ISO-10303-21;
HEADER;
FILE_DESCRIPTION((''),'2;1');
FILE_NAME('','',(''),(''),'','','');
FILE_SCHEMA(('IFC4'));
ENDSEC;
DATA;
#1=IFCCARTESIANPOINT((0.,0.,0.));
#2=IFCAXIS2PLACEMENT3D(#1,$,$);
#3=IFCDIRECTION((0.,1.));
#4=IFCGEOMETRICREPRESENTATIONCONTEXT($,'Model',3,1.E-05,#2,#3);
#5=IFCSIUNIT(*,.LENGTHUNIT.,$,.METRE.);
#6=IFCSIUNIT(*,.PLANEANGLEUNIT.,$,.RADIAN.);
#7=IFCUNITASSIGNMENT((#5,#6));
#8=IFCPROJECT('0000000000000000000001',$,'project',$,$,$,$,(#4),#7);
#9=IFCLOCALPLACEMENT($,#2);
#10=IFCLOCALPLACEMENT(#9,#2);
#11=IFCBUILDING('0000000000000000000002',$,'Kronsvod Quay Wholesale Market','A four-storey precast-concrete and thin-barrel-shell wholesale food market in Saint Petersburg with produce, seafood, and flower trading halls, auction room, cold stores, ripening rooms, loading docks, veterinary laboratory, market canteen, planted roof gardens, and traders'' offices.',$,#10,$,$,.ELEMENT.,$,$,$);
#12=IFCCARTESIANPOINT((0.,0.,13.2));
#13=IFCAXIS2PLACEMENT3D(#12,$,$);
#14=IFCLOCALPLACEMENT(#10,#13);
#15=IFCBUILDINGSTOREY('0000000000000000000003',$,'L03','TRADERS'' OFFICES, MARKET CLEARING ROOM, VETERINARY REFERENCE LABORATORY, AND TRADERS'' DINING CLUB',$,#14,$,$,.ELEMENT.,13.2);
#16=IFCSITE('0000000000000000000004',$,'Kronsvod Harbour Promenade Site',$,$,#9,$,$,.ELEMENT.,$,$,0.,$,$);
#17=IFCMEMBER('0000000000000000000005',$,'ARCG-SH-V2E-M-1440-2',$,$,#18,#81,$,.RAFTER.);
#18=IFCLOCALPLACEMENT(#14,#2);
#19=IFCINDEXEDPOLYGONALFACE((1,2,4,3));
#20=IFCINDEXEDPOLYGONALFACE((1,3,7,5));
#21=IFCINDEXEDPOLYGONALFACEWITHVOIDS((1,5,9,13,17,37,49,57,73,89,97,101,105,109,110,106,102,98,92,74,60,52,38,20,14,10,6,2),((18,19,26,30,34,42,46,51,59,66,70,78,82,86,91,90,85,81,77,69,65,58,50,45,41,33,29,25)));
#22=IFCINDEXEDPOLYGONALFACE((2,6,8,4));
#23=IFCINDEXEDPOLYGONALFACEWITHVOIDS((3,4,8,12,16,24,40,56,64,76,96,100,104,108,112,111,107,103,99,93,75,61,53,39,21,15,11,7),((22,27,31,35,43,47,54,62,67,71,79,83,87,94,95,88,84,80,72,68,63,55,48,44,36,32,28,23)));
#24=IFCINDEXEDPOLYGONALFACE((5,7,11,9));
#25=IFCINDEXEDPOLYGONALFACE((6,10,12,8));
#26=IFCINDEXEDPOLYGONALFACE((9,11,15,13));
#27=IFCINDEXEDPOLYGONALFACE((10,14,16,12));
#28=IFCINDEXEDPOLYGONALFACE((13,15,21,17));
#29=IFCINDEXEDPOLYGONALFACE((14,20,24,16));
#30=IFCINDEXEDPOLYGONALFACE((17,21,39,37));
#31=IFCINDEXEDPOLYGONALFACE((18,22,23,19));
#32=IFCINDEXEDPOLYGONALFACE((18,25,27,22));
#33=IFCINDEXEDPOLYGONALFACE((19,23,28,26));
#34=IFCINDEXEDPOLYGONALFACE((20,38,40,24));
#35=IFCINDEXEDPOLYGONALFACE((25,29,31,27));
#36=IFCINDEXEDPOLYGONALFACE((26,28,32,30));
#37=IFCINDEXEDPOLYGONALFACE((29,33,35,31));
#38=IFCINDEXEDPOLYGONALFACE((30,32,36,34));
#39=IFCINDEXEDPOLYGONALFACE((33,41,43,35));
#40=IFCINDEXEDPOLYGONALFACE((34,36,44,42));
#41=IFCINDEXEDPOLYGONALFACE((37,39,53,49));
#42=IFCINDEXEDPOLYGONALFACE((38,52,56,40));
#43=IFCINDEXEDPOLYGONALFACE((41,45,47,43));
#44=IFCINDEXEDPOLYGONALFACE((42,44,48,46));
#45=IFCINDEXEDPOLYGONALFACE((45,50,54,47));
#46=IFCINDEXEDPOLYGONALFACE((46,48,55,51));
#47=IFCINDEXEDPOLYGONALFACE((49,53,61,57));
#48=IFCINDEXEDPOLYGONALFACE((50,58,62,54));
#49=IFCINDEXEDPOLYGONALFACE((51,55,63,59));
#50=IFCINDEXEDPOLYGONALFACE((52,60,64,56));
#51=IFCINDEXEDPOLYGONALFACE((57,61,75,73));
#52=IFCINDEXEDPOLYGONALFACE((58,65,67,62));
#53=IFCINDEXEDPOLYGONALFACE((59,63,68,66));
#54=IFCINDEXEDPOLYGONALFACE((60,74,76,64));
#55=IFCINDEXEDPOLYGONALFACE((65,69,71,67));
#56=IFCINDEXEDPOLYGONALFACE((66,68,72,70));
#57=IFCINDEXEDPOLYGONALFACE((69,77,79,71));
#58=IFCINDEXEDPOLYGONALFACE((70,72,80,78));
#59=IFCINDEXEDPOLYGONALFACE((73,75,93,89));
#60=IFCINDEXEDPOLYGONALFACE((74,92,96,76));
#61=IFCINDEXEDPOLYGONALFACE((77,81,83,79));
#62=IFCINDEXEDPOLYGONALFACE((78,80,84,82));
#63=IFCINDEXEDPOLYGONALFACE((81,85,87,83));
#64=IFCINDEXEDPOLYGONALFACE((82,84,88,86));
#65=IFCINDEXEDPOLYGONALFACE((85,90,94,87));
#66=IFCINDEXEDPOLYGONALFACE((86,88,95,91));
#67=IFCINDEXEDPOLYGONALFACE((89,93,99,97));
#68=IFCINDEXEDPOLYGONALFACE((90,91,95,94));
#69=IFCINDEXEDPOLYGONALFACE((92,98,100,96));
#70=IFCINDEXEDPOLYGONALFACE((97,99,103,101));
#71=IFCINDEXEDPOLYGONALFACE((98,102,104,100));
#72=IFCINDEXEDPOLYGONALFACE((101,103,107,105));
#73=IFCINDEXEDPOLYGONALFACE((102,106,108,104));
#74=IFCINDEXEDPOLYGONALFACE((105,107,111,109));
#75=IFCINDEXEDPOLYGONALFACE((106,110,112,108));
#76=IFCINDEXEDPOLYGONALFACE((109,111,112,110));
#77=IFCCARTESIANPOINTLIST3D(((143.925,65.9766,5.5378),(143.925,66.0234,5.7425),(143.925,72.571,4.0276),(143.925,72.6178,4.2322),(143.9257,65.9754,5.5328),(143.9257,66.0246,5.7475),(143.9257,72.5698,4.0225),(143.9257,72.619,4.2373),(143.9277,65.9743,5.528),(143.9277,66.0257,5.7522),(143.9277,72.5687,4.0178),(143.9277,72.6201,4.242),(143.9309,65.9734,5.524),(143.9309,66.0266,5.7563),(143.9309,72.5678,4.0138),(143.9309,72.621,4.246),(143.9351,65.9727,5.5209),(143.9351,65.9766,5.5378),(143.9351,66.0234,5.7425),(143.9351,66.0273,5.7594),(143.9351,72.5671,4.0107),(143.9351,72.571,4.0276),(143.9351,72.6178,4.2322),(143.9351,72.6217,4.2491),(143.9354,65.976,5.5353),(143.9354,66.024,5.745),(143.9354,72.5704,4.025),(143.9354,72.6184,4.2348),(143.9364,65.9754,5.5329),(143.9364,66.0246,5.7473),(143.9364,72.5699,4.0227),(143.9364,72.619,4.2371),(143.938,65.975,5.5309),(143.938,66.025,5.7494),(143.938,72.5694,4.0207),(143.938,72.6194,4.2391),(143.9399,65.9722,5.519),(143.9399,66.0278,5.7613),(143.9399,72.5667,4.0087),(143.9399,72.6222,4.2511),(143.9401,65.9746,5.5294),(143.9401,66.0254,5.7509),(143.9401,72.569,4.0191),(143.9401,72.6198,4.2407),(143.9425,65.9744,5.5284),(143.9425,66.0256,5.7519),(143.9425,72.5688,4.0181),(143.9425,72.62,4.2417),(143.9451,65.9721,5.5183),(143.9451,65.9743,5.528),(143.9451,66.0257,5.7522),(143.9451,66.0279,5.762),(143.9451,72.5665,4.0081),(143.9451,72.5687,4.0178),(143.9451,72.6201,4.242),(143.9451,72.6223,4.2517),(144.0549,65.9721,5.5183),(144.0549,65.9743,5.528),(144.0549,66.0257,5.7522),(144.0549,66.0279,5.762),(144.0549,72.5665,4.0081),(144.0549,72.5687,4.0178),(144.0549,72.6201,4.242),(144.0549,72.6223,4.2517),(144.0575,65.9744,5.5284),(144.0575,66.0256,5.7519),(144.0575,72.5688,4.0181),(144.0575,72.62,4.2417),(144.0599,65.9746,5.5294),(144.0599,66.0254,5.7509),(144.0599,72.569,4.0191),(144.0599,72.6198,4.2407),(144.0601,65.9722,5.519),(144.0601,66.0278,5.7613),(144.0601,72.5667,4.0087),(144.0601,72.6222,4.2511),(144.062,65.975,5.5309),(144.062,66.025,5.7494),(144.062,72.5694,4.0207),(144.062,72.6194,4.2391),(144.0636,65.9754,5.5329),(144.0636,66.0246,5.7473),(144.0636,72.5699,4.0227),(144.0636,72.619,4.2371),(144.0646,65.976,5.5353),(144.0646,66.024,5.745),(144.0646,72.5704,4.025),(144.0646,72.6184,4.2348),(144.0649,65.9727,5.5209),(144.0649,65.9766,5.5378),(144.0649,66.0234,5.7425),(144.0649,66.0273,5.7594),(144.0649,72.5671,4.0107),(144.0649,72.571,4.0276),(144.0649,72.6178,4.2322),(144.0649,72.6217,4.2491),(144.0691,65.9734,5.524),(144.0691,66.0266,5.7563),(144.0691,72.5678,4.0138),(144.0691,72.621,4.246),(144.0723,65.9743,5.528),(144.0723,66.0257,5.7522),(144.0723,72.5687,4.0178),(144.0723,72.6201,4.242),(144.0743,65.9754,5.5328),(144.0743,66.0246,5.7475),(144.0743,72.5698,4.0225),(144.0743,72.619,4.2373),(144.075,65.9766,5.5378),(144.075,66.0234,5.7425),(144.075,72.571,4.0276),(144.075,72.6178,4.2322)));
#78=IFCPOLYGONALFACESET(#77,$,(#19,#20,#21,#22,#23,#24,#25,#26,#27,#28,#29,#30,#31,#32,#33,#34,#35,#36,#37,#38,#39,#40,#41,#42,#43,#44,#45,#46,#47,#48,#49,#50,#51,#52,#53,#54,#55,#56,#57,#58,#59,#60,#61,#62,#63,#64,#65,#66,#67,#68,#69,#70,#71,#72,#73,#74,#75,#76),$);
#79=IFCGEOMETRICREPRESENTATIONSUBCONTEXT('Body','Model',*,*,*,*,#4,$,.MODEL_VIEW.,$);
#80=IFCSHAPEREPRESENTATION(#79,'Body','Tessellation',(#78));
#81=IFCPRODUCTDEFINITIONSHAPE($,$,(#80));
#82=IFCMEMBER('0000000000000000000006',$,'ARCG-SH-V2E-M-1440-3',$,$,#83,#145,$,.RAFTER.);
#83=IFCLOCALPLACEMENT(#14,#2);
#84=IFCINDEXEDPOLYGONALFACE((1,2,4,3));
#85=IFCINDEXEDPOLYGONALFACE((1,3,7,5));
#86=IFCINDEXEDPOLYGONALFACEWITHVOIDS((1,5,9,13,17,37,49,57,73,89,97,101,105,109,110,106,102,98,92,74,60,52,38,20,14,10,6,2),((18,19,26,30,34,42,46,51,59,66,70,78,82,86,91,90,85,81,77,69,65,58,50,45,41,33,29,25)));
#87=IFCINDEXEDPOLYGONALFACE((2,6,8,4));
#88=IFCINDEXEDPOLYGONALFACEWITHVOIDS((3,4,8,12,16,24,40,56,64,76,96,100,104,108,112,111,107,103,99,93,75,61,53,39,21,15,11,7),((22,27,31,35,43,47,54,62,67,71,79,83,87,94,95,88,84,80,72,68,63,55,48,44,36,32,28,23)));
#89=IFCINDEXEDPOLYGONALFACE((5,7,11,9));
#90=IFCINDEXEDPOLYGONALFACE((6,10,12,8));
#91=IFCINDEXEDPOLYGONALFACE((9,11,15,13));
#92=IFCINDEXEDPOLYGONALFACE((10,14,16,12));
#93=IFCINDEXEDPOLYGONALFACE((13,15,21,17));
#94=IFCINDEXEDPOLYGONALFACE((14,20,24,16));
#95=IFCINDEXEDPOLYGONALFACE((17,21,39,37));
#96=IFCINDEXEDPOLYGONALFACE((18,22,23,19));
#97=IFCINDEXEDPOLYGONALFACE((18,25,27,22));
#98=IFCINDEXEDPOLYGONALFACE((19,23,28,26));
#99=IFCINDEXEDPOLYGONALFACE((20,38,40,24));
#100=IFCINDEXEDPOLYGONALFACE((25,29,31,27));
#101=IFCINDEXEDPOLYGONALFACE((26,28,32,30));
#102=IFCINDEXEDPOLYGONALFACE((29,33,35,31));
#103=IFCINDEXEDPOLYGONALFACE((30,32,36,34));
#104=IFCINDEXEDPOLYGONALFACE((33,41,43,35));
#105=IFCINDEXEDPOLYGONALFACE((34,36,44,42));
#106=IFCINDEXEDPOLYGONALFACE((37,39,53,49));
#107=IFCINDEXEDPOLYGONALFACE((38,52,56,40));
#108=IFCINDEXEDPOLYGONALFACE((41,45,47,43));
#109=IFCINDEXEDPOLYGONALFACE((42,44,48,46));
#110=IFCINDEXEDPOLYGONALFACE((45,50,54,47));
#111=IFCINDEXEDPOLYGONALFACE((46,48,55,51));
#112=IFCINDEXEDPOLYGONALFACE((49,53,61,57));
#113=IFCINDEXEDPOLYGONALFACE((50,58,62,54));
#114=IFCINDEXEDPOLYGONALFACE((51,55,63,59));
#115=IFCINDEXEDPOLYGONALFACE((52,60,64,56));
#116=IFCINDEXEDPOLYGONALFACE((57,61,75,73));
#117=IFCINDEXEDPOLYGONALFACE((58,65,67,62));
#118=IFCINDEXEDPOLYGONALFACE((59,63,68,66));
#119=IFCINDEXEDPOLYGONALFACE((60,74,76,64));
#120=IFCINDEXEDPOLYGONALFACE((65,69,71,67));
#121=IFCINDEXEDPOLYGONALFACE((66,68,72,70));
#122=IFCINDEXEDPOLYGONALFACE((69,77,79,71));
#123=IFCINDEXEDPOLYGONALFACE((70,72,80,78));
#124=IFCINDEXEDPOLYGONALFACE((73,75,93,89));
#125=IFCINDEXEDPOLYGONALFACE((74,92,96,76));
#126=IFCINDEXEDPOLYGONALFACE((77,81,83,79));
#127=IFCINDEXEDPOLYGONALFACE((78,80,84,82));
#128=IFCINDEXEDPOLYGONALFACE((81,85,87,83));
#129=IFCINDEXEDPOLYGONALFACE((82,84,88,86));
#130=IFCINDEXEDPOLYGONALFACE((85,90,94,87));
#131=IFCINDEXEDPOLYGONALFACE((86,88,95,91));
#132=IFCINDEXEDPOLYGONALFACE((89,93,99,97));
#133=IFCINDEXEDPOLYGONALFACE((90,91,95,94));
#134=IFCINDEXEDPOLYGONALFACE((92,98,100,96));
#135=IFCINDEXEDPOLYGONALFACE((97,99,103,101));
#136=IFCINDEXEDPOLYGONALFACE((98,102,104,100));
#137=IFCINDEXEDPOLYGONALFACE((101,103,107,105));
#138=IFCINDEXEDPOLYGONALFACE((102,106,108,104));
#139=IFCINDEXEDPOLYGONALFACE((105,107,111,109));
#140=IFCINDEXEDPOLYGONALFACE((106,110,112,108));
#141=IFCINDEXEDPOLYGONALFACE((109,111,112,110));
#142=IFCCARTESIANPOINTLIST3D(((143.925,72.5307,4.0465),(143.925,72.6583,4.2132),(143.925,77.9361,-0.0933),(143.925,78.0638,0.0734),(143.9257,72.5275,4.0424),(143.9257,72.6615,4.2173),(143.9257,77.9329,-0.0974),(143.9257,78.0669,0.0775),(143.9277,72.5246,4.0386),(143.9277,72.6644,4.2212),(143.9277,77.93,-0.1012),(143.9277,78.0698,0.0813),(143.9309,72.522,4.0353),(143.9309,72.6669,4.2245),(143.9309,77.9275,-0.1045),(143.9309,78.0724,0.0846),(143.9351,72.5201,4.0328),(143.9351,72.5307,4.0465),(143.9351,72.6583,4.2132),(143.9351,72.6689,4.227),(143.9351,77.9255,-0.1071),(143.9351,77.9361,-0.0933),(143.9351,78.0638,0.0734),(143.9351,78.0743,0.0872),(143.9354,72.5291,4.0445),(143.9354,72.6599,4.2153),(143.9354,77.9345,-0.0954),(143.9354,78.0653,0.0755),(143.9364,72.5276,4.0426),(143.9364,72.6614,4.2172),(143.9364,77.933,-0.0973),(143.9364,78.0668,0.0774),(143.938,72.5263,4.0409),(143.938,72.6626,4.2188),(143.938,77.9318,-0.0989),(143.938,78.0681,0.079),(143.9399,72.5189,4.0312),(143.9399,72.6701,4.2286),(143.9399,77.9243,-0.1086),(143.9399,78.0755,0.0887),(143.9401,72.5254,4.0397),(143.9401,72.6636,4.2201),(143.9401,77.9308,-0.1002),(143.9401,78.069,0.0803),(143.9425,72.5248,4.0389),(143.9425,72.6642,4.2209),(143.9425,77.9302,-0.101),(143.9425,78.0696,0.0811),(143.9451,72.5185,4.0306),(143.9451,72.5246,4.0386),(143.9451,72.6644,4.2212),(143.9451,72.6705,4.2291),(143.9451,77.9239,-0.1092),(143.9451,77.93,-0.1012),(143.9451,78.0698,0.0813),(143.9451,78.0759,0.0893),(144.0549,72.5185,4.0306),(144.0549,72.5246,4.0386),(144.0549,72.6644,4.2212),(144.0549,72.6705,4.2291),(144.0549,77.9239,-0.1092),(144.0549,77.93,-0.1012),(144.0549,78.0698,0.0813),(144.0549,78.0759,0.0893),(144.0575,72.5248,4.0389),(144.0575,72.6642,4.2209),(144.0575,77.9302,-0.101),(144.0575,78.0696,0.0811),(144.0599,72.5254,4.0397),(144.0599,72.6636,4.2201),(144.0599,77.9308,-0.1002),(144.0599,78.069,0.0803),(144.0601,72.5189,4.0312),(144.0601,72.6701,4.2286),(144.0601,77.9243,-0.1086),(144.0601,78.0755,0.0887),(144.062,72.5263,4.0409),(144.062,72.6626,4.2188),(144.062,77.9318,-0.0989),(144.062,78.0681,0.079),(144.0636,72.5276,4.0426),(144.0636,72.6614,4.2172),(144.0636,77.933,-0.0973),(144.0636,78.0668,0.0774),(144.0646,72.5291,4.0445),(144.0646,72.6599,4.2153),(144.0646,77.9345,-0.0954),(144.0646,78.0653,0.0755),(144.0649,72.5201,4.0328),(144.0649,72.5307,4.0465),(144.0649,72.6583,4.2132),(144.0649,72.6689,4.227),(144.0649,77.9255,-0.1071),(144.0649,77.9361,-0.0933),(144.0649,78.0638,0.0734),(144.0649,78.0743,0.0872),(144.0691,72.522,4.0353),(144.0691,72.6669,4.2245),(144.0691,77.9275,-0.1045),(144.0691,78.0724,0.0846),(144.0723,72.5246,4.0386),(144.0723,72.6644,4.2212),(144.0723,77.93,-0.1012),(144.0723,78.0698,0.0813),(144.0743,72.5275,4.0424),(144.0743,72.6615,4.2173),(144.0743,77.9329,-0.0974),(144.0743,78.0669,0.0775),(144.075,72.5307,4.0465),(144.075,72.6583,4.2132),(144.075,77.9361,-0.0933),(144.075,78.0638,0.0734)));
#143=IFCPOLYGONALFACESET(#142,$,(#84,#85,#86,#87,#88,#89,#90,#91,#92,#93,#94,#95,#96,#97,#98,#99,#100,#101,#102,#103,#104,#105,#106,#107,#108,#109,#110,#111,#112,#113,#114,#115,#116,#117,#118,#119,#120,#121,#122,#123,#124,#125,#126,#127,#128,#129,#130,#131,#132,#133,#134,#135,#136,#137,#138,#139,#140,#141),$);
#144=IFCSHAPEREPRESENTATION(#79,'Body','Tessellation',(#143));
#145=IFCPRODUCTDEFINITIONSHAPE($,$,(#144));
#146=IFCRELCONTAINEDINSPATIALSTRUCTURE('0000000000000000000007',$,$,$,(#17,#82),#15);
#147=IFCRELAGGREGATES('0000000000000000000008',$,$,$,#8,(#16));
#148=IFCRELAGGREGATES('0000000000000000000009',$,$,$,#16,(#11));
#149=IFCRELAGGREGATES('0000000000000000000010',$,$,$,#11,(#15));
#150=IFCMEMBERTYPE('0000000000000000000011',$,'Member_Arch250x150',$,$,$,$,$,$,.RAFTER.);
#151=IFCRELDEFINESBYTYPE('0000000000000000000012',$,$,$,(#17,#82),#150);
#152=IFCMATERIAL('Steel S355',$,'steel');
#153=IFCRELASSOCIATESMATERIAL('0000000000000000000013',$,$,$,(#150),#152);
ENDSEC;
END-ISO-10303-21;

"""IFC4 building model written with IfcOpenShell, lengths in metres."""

from ifc_helpers import new_model, si_unit, direction, frame, origin, origin_2d, place, context, subcontext, project, spatial, hollow_rectangle, extrude, material, material_profile, profile_set, type_object, element, save


model = new_model("IFC4")

# Units and contexts
model_context = context("Model", 3, precision=1e-05, world=origin(), true_north=direction((0.0, 1.0)))
body_context = subcontext(model_context, "Body", "Model", "MODEL_VIEW")
ifc_project = project(units=[si_unit("LENGTHUNIT", "METRE"), si_unit("PLANEANGLEUNIT", "RADIAN")], contexts=[model_context])

# Site, building, storey
site_placement = place(None, origin())
site = spatial("IfcSite", under=ifc_project, at=site_placement, Name="Kronsvod Harbour Promenade Site", CompositionType="ELEMENT", RefElevation=0.0)
building_placement = place(site_placement, origin())
building = spatial("IfcBuilding", under=site, at=building_placement, Name="Kronsvod Quay Wholesale Market", Description="A four-storey precast-concrete and thin-barrel-shell wholesale food market in Saint Petersburg with produce, seafood, and flower trading halls, auction room, cold stores, ripening rooms, loading docks, veterinary laboratory, market canteen, planted roof gardens, and traders' offices.", CompositionType="ELEMENT")
storey_placement = place(building_placement, frame((0.0, 0.0, 13.2)))
storey = spatial("IfcBuildingStorey", under=building, at=storey_placement, Name="L03", Description="TRADERS' OFFICES, MARKET CLEARING ROOM, VETERINARY REFERENCE LABORATORY, AND TRADERS' DINING CLUB", CompositionType="ELEMENT", Elevation=13.2)

# Members
ifc_material_1 = material(Name="Steel S355", Category="steel")
ifc_material_profile_1 = material_profile(ifc_material_1, hollow_rectangle(XDim=0.1499, YDim=0.25, WallThickness=0.01, InnerFilletRadius=0.01, OuterFilletRadius=0.02, at=origin_2d()), Name="RHS250x150x10")
ifc_profile_set_1 = profile_set([ifc_material_profile_1], Name="Steel S355")
member_type_1 = type_object("IfcMemberType", Name="Member_Arch250x150", PredefinedType="RAFTER", material=ifc_profile_set_1)
member_1_placement = place(storey_placement, frame((144.0, 66.0, 5.6401), z_axis=(0.0, 0.974764, -0.223238), x_axis=(-1.0, 0.0, 0.0)))
element("IfcMember", 1, at=member_1_placement, inside=storey, type_object=member_type_1, Name="ARCG-SH-V2E-M-1440-2", PredefinedType="RAFTER", context=body_context, shape_type="SweptSolid", body=[
    extrude(hollow_rectangle(XDim=0.1499, YDim=0.25, WallThickness=0.01, InnerFilletRadius=0.01, OuterFilletRadius=0.02, at=origin_2d()), origin(), (0.0, 0.0, 1.0), 6.7651),
])
member_2_placement = place(storey_placement, frame((144.0, 72.5945, 4.1299), z_axis=(0.0, 0.793914, -0.60803), x_axis=(-1.0, 0.0, 0.0)))
element("IfcMember", 2, at=member_2_placement, inside=storey, type_object=member_type_1, Name="ARCG-SH-V2E-M-1440-3", PredefinedType="RAFTER", context=body_context, shape_type="SweptSolid", body=[
    extrude(hollow_rectangle(XDim=0.1499, YDim=0.25, WallThickness=0.01, InnerFilletRadius=0.01, OuterFilletRadius=0.02, at=origin_2d()), origin(), (0.0, 0.0, 1.0), 6.8086),
])

save(model, "model.ifc")
